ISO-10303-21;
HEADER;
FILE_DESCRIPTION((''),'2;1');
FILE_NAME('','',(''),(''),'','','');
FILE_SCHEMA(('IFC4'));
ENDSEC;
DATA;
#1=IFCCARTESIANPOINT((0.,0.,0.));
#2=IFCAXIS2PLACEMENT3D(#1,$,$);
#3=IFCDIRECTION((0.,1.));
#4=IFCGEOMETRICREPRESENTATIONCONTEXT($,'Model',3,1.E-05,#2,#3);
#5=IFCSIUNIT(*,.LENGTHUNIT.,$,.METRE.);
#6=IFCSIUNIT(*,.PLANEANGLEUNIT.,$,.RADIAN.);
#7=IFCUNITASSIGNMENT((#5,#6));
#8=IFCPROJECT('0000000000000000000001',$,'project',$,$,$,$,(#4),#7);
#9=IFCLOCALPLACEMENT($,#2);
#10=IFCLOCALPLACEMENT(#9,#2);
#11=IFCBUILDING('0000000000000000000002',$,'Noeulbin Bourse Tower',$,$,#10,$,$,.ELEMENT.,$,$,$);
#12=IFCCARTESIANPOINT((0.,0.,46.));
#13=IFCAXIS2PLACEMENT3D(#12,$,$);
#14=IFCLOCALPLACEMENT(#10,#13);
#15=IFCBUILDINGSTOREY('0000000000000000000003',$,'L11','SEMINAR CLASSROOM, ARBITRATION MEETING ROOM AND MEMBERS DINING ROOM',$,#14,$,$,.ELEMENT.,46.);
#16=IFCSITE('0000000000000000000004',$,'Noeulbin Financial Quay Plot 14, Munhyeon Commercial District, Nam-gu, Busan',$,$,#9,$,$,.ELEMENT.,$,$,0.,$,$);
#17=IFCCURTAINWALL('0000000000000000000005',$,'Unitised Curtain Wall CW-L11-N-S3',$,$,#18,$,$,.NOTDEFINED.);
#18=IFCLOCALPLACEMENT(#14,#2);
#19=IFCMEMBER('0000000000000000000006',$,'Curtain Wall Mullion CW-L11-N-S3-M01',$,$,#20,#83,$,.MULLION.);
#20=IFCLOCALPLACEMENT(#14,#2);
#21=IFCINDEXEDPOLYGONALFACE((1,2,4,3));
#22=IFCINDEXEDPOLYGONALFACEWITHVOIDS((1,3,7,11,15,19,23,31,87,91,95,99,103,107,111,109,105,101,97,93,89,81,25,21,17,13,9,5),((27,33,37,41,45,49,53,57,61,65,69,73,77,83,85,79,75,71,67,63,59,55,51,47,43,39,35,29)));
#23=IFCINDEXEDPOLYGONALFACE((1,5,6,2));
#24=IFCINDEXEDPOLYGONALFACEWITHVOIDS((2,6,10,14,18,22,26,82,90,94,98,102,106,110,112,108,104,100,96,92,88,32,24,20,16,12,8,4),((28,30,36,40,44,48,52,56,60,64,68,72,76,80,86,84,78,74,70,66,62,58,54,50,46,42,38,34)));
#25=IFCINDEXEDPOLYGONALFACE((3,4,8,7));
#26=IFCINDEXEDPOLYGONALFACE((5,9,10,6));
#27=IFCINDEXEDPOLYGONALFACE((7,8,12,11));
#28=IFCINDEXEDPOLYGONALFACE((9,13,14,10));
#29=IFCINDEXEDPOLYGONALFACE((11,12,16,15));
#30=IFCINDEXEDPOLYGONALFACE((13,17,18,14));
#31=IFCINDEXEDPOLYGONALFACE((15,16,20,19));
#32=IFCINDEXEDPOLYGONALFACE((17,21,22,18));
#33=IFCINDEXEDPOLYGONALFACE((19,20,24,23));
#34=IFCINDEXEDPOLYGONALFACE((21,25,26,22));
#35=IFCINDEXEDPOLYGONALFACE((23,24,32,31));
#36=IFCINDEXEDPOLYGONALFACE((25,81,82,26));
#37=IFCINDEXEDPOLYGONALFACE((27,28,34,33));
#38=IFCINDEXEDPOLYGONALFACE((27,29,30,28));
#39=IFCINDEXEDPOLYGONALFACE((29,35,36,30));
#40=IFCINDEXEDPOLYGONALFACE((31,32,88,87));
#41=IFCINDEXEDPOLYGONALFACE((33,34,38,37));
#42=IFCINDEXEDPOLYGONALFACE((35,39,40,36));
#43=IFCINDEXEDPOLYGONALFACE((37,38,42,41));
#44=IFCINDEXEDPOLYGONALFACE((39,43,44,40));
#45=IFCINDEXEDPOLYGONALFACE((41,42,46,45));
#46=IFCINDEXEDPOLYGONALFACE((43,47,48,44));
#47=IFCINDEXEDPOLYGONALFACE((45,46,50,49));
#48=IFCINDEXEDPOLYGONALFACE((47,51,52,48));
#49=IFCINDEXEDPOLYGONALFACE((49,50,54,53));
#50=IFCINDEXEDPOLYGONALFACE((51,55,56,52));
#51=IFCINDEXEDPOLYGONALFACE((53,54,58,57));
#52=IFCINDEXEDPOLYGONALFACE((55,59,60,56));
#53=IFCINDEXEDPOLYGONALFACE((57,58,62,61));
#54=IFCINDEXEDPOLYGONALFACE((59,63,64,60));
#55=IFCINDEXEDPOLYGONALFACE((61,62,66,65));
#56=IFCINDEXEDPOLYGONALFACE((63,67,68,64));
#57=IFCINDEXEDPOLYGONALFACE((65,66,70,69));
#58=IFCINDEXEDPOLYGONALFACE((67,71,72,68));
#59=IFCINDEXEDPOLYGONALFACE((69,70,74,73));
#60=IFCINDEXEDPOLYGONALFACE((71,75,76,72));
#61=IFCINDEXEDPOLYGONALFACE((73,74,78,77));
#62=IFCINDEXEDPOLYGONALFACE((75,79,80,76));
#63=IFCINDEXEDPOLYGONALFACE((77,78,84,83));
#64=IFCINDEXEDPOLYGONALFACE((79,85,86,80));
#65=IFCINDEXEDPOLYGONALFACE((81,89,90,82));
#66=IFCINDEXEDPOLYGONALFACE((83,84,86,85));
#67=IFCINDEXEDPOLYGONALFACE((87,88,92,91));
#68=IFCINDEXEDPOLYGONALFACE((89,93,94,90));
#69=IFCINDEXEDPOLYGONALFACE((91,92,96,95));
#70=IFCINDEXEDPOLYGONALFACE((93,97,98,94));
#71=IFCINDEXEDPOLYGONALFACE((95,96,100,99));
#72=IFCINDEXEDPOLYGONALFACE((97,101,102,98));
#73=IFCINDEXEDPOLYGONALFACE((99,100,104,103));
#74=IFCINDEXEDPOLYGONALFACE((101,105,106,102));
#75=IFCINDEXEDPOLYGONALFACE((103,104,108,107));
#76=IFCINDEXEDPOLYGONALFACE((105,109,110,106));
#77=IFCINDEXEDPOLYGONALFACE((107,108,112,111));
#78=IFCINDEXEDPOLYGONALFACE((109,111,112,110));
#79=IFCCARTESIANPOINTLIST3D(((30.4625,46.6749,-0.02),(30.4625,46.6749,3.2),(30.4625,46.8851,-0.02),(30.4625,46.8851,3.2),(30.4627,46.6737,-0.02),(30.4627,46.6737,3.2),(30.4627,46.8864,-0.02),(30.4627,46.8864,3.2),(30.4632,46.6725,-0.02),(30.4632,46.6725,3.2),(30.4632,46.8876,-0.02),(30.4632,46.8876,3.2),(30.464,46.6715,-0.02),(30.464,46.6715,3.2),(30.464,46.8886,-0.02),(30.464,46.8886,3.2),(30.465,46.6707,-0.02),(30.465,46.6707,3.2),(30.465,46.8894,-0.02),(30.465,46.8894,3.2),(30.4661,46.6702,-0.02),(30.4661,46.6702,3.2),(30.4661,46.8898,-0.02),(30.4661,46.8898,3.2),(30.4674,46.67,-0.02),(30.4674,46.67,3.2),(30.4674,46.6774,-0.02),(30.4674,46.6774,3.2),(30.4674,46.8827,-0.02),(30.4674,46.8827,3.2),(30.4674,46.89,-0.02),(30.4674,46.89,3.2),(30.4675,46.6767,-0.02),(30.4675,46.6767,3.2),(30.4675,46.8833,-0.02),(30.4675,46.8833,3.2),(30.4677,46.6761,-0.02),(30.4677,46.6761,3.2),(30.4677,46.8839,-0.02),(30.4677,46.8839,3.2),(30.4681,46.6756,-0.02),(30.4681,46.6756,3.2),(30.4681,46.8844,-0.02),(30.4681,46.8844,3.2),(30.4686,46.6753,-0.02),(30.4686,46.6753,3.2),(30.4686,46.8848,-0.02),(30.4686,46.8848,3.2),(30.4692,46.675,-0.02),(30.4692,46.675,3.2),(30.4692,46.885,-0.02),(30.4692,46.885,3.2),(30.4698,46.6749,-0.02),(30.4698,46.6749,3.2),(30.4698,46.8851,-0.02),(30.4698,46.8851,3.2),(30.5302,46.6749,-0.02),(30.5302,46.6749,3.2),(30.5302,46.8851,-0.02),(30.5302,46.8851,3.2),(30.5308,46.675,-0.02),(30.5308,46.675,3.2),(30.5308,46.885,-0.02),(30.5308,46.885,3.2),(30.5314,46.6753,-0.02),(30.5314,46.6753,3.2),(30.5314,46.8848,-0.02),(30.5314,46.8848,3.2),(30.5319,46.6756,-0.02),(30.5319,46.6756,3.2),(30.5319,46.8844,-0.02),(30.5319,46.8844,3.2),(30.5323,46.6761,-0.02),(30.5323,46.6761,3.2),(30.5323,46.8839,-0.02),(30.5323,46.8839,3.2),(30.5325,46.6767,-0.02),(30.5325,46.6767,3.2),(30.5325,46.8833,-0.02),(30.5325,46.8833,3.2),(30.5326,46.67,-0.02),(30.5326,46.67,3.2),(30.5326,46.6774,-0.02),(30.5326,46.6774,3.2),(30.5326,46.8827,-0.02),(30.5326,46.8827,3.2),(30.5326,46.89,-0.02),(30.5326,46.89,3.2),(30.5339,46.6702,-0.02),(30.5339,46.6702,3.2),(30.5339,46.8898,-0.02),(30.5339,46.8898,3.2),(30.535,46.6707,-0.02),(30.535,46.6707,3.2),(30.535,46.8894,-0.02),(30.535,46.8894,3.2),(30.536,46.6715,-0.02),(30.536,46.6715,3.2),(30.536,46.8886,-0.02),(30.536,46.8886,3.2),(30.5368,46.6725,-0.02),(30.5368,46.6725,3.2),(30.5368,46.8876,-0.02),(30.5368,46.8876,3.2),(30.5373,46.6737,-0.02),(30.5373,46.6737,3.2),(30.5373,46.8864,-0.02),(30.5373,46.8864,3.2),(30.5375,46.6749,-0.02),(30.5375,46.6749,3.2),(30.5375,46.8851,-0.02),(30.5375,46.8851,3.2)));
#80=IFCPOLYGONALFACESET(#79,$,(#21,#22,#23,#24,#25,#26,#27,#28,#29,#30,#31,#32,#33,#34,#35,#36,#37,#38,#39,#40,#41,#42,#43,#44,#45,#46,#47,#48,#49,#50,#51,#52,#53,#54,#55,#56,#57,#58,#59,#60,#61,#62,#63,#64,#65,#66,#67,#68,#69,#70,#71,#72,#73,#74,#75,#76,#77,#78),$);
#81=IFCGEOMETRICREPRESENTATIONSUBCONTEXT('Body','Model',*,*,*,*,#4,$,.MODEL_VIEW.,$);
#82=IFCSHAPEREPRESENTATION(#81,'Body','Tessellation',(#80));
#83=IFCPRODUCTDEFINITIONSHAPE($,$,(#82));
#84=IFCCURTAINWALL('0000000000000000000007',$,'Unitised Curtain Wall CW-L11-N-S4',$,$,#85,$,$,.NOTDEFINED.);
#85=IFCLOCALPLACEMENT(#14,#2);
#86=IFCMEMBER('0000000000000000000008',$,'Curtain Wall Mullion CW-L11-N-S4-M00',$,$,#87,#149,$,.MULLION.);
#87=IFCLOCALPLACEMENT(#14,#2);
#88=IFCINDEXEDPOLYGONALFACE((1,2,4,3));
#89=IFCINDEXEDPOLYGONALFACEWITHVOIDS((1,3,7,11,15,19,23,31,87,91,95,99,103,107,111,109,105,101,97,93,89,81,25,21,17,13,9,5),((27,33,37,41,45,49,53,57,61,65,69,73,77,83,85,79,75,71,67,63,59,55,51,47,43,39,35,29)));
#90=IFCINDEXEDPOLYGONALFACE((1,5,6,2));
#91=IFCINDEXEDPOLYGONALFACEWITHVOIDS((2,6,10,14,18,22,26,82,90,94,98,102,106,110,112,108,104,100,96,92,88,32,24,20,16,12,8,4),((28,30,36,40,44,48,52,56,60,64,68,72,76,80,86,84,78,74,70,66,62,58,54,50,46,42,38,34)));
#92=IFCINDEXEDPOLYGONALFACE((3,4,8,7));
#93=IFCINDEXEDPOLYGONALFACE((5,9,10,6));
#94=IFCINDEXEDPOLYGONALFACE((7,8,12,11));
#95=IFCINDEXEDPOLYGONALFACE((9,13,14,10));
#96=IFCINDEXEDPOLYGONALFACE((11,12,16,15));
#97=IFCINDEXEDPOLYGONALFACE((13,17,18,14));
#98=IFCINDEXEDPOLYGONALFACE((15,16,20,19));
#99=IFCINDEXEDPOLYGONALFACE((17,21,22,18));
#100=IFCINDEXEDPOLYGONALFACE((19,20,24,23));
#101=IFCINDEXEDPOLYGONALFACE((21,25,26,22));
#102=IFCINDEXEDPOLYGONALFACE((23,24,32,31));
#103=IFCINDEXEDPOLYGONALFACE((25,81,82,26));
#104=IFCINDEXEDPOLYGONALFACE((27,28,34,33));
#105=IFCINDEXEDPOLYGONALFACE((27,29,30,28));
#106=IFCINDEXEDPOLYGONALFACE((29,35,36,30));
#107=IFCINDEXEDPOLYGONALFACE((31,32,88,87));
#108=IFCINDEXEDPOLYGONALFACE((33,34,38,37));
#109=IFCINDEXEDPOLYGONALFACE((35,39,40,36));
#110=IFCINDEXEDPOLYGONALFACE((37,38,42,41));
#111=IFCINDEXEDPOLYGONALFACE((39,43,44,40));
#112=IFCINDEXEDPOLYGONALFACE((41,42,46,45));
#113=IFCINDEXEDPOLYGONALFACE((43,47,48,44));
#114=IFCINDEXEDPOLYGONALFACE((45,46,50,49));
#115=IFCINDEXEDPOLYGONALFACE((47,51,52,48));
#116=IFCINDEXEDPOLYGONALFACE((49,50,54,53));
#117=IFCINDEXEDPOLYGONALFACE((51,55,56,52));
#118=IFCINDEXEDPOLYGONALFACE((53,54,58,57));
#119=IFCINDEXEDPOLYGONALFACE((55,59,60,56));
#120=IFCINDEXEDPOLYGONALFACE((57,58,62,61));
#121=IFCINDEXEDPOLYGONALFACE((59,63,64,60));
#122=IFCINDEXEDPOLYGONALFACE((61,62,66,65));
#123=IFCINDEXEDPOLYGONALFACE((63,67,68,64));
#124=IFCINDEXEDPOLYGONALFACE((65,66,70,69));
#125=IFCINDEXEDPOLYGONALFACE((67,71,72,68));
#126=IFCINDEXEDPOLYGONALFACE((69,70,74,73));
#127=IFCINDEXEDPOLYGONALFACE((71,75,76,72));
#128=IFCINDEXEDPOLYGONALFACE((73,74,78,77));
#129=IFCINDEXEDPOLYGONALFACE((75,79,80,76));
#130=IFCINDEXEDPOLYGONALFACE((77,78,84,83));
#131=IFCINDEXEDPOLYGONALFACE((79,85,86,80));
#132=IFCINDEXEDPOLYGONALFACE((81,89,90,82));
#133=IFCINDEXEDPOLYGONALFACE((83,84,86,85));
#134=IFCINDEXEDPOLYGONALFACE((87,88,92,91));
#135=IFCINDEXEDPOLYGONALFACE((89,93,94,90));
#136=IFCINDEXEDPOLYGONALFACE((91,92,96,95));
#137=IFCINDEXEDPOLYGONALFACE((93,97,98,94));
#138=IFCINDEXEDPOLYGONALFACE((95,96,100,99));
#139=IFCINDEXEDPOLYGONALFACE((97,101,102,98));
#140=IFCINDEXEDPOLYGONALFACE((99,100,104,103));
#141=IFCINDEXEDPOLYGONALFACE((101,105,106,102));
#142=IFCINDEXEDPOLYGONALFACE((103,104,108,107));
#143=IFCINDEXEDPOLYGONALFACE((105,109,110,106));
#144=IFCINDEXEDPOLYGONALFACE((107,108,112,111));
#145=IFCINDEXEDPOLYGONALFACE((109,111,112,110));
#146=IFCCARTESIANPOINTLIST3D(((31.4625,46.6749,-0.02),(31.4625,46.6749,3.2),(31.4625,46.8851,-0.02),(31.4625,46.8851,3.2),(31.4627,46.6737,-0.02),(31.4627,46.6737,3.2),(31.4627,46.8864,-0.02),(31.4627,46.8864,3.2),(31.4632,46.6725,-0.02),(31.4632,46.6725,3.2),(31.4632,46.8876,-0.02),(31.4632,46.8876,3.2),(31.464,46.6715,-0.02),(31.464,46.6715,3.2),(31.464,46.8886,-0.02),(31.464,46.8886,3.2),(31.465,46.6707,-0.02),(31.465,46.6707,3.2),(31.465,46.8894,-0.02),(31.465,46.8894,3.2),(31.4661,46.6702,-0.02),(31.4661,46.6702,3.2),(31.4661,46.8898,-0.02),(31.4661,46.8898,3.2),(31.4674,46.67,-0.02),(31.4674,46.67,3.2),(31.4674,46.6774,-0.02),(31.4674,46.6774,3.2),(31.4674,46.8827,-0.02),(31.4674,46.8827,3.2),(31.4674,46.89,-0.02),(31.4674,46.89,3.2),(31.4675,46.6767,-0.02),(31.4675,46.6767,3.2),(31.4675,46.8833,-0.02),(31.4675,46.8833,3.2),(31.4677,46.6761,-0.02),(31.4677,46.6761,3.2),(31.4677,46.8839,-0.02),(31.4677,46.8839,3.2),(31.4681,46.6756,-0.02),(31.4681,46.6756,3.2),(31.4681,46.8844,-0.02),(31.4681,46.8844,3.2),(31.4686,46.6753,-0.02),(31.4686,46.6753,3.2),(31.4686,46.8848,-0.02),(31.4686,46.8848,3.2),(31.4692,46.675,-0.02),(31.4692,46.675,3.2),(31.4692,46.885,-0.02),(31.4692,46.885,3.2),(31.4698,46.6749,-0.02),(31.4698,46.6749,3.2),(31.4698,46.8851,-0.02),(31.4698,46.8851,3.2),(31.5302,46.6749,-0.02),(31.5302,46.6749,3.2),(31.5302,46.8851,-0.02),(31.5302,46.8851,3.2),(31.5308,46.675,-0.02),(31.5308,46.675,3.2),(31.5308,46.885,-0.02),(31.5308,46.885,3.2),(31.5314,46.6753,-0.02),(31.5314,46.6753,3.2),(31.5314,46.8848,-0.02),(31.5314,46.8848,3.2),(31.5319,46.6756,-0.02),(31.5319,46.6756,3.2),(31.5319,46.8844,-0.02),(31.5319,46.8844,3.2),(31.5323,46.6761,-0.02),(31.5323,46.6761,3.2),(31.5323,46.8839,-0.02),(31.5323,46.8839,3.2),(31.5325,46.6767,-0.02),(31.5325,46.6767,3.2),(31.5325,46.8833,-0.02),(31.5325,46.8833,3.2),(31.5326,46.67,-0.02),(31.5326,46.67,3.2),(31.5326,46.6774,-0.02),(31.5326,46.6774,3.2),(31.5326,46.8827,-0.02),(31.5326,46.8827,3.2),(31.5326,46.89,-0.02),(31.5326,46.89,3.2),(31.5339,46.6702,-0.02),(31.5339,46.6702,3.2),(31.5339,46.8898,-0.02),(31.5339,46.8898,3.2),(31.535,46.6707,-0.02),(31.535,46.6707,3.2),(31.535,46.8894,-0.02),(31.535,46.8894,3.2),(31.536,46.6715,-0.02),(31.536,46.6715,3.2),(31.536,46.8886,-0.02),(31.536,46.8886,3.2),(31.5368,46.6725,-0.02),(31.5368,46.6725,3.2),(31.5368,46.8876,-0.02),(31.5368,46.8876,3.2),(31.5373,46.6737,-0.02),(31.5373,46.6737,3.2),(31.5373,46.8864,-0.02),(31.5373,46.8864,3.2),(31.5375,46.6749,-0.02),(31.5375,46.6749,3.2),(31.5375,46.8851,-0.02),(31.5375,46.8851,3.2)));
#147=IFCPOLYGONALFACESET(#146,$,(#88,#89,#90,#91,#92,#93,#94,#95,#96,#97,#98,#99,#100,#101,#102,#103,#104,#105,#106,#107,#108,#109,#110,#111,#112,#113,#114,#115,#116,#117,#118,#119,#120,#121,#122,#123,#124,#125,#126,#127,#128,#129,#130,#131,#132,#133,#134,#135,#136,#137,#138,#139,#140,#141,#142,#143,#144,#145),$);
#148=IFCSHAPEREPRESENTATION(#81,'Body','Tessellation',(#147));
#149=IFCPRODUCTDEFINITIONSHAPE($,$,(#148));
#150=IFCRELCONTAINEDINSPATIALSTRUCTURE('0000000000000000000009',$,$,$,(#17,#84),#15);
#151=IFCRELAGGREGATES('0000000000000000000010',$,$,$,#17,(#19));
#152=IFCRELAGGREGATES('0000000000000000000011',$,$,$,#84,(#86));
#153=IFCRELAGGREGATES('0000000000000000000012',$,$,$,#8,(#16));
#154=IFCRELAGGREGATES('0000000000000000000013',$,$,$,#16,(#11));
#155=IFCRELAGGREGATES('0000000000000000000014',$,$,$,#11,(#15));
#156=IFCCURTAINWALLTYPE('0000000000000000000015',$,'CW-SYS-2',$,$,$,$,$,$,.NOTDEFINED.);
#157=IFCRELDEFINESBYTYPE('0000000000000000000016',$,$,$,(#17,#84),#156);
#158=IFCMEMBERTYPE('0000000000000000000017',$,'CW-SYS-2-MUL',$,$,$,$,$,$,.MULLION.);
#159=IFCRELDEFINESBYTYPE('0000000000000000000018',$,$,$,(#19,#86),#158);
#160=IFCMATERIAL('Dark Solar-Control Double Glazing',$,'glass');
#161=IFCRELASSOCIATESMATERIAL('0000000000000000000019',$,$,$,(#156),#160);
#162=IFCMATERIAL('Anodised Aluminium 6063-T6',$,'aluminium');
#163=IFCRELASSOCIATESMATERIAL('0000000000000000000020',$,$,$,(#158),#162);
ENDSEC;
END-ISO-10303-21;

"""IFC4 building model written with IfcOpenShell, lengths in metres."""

from ifc_helpers import new_model, si_unit, direction, frame, origin, origin_2d, place, context, subcontext, project, spatial, hollow_rectangle, extrude, material, material_profile, profile_set, type_object, element, aggregate, save


model = new_model("IFC4")

# Units and contexts
model_context = context("Model", 3, precision=1e-05, world=origin(), true_north=direction((0.0, 1.0)))
body_context = subcontext(model_context, "Body", "Model", "MODEL_VIEW")
ifc_project = project(units=[si_unit("LENGTHUNIT", "METRE"), si_unit("PLANEANGLEUNIT", "RADIAN")], contexts=[model_context])

# Site, building, storey
site_placement = place(None, origin())
site = spatial("IfcSite", under=ifc_project, at=site_placement, Name="Noeulbin Financial Quay Plot 14, Munhyeon Commercial District, Nam-gu, Busan", CompositionType="ELEMENT", RefElevation=0.0)
building_placement = place(site_placement, origin())
building = spatial("IfcBuilding", under=site, at=building_placement, Name="Noeulbin Bourse Tower", CompositionType="ELEMENT")
storey_placement = place(building_placement, frame((0.0, 0.0, 46.0)))
storey = spatial("IfcBuildingStorey", under=building, at=storey_placement, Name="L11", Description="SEMINAR CLASSROOM, ARBITRATION MEETING ROOM AND MEMBERS DINING ROOM", CompositionType="ELEMENT", Elevation=46.0)

# Curtain wall, member
ifc_material_1 = material(Name="Dark Solar-Control Double Glazing", Category="glass")
curtain_wall_type = type_object("IfcCurtainWallType", Name="CW-SYS-2", PredefinedType="NOTDEFINED", material=ifc_material_1)
curtain_wall_1_placement = place(storey_placement, origin())
curtain_wall_1 = element("IfcCurtainWall", 1, at=curtain_wall_1_placement, inside=storey, type_object=curtain_wall_type, Name="Unitised Curtain Wall CW-L11-N-S3", PredefinedType="NOTDEFINED")
ifc_material_2 = material(Name="Anodised Aluminium 6063-T6", Category="aluminium")
ifc_material_profile_1 = material_profile(ifc_material_2, hollow_rectangle(XDim=0.075, YDim=0.22, WallThickness=0.0049, InnerFilletRadius=0.0024, OuterFilletRadius=0.0049, at=origin_2d()), Name="ALU-MULL-75x220x5", Category="LoadBearing")
ifc_profile_set_1 = profile_set([ifc_material_profile_1], Name="Anodised Aluminium 6063-T6")
member_type_1 = type_object("IfcMemberType", Name="CW-SYS-2-MUL", PredefinedType="MULLION", material=ifc_profile_set_1)
member_1_placement = place(storey_placement, frame((30.5, 46.78, -0.02), z_axis=(0.0, 0.0, 1.0), x_axis=(1.0, 0.0, 0.0)))
member_1 = element("IfcMember", 2, at=member_1_placement, type_object=member_type_1, Name="Curtain Wall Mullion CW-L11-N-S3-M01", PredefinedType="MULLION", context=body_context, shape_type="SweptSolid", body=[
    extrude(hollow_rectangle(XDim=0.075, YDim=0.22, WallThickness=0.0049, InnerFilletRadius=0.0024, OuterFilletRadius=0.0049, at=origin_2d()), origin(), (0.0, 0.0, 1.0), 3.22),
])
aggregate(curtain_wall_1, [member_1])

# Curtain wall, member
curtain_wall_2_placement = place(storey_placement, origin())
curtain_wall_2 = element("IfcCurtainWall", 3, at=curtain_wall_2_placement, inside=storey, type_object=curtain_wall_type, Name="Unitised Curtain Wall CW-L11-N-S4", PredefinedType="NOTDEFINED")
member_2_placement = place(storey_placement, frame((31.5, 46.78, -0.02), z_axis=(0.0, 0.0, 1.0), x_axis=(1.0, 0.0, 0.0)))
member_2 = element("IfcMember", 4, at=member_2_placement, type_object=member_type_1, Name="Curtain Wall Mullion CW-L11-N-S4-M00", PredefinedType="MULLION", context=body_context, shape_type="SweptSolid", body=[
    extrude(hollow_rectangle(XDim=0.075, YDim=0.22, WallThickness=0.0049, InnerFilletRadius=0.0024, OuterFilletRadius=0.0049, at=origin_2d()), origin(), (0.0, 0.0, 1.0), 3.22),
])

aggregate(curtain_wall_2, [member_2])

save(model, "model.ifc")
